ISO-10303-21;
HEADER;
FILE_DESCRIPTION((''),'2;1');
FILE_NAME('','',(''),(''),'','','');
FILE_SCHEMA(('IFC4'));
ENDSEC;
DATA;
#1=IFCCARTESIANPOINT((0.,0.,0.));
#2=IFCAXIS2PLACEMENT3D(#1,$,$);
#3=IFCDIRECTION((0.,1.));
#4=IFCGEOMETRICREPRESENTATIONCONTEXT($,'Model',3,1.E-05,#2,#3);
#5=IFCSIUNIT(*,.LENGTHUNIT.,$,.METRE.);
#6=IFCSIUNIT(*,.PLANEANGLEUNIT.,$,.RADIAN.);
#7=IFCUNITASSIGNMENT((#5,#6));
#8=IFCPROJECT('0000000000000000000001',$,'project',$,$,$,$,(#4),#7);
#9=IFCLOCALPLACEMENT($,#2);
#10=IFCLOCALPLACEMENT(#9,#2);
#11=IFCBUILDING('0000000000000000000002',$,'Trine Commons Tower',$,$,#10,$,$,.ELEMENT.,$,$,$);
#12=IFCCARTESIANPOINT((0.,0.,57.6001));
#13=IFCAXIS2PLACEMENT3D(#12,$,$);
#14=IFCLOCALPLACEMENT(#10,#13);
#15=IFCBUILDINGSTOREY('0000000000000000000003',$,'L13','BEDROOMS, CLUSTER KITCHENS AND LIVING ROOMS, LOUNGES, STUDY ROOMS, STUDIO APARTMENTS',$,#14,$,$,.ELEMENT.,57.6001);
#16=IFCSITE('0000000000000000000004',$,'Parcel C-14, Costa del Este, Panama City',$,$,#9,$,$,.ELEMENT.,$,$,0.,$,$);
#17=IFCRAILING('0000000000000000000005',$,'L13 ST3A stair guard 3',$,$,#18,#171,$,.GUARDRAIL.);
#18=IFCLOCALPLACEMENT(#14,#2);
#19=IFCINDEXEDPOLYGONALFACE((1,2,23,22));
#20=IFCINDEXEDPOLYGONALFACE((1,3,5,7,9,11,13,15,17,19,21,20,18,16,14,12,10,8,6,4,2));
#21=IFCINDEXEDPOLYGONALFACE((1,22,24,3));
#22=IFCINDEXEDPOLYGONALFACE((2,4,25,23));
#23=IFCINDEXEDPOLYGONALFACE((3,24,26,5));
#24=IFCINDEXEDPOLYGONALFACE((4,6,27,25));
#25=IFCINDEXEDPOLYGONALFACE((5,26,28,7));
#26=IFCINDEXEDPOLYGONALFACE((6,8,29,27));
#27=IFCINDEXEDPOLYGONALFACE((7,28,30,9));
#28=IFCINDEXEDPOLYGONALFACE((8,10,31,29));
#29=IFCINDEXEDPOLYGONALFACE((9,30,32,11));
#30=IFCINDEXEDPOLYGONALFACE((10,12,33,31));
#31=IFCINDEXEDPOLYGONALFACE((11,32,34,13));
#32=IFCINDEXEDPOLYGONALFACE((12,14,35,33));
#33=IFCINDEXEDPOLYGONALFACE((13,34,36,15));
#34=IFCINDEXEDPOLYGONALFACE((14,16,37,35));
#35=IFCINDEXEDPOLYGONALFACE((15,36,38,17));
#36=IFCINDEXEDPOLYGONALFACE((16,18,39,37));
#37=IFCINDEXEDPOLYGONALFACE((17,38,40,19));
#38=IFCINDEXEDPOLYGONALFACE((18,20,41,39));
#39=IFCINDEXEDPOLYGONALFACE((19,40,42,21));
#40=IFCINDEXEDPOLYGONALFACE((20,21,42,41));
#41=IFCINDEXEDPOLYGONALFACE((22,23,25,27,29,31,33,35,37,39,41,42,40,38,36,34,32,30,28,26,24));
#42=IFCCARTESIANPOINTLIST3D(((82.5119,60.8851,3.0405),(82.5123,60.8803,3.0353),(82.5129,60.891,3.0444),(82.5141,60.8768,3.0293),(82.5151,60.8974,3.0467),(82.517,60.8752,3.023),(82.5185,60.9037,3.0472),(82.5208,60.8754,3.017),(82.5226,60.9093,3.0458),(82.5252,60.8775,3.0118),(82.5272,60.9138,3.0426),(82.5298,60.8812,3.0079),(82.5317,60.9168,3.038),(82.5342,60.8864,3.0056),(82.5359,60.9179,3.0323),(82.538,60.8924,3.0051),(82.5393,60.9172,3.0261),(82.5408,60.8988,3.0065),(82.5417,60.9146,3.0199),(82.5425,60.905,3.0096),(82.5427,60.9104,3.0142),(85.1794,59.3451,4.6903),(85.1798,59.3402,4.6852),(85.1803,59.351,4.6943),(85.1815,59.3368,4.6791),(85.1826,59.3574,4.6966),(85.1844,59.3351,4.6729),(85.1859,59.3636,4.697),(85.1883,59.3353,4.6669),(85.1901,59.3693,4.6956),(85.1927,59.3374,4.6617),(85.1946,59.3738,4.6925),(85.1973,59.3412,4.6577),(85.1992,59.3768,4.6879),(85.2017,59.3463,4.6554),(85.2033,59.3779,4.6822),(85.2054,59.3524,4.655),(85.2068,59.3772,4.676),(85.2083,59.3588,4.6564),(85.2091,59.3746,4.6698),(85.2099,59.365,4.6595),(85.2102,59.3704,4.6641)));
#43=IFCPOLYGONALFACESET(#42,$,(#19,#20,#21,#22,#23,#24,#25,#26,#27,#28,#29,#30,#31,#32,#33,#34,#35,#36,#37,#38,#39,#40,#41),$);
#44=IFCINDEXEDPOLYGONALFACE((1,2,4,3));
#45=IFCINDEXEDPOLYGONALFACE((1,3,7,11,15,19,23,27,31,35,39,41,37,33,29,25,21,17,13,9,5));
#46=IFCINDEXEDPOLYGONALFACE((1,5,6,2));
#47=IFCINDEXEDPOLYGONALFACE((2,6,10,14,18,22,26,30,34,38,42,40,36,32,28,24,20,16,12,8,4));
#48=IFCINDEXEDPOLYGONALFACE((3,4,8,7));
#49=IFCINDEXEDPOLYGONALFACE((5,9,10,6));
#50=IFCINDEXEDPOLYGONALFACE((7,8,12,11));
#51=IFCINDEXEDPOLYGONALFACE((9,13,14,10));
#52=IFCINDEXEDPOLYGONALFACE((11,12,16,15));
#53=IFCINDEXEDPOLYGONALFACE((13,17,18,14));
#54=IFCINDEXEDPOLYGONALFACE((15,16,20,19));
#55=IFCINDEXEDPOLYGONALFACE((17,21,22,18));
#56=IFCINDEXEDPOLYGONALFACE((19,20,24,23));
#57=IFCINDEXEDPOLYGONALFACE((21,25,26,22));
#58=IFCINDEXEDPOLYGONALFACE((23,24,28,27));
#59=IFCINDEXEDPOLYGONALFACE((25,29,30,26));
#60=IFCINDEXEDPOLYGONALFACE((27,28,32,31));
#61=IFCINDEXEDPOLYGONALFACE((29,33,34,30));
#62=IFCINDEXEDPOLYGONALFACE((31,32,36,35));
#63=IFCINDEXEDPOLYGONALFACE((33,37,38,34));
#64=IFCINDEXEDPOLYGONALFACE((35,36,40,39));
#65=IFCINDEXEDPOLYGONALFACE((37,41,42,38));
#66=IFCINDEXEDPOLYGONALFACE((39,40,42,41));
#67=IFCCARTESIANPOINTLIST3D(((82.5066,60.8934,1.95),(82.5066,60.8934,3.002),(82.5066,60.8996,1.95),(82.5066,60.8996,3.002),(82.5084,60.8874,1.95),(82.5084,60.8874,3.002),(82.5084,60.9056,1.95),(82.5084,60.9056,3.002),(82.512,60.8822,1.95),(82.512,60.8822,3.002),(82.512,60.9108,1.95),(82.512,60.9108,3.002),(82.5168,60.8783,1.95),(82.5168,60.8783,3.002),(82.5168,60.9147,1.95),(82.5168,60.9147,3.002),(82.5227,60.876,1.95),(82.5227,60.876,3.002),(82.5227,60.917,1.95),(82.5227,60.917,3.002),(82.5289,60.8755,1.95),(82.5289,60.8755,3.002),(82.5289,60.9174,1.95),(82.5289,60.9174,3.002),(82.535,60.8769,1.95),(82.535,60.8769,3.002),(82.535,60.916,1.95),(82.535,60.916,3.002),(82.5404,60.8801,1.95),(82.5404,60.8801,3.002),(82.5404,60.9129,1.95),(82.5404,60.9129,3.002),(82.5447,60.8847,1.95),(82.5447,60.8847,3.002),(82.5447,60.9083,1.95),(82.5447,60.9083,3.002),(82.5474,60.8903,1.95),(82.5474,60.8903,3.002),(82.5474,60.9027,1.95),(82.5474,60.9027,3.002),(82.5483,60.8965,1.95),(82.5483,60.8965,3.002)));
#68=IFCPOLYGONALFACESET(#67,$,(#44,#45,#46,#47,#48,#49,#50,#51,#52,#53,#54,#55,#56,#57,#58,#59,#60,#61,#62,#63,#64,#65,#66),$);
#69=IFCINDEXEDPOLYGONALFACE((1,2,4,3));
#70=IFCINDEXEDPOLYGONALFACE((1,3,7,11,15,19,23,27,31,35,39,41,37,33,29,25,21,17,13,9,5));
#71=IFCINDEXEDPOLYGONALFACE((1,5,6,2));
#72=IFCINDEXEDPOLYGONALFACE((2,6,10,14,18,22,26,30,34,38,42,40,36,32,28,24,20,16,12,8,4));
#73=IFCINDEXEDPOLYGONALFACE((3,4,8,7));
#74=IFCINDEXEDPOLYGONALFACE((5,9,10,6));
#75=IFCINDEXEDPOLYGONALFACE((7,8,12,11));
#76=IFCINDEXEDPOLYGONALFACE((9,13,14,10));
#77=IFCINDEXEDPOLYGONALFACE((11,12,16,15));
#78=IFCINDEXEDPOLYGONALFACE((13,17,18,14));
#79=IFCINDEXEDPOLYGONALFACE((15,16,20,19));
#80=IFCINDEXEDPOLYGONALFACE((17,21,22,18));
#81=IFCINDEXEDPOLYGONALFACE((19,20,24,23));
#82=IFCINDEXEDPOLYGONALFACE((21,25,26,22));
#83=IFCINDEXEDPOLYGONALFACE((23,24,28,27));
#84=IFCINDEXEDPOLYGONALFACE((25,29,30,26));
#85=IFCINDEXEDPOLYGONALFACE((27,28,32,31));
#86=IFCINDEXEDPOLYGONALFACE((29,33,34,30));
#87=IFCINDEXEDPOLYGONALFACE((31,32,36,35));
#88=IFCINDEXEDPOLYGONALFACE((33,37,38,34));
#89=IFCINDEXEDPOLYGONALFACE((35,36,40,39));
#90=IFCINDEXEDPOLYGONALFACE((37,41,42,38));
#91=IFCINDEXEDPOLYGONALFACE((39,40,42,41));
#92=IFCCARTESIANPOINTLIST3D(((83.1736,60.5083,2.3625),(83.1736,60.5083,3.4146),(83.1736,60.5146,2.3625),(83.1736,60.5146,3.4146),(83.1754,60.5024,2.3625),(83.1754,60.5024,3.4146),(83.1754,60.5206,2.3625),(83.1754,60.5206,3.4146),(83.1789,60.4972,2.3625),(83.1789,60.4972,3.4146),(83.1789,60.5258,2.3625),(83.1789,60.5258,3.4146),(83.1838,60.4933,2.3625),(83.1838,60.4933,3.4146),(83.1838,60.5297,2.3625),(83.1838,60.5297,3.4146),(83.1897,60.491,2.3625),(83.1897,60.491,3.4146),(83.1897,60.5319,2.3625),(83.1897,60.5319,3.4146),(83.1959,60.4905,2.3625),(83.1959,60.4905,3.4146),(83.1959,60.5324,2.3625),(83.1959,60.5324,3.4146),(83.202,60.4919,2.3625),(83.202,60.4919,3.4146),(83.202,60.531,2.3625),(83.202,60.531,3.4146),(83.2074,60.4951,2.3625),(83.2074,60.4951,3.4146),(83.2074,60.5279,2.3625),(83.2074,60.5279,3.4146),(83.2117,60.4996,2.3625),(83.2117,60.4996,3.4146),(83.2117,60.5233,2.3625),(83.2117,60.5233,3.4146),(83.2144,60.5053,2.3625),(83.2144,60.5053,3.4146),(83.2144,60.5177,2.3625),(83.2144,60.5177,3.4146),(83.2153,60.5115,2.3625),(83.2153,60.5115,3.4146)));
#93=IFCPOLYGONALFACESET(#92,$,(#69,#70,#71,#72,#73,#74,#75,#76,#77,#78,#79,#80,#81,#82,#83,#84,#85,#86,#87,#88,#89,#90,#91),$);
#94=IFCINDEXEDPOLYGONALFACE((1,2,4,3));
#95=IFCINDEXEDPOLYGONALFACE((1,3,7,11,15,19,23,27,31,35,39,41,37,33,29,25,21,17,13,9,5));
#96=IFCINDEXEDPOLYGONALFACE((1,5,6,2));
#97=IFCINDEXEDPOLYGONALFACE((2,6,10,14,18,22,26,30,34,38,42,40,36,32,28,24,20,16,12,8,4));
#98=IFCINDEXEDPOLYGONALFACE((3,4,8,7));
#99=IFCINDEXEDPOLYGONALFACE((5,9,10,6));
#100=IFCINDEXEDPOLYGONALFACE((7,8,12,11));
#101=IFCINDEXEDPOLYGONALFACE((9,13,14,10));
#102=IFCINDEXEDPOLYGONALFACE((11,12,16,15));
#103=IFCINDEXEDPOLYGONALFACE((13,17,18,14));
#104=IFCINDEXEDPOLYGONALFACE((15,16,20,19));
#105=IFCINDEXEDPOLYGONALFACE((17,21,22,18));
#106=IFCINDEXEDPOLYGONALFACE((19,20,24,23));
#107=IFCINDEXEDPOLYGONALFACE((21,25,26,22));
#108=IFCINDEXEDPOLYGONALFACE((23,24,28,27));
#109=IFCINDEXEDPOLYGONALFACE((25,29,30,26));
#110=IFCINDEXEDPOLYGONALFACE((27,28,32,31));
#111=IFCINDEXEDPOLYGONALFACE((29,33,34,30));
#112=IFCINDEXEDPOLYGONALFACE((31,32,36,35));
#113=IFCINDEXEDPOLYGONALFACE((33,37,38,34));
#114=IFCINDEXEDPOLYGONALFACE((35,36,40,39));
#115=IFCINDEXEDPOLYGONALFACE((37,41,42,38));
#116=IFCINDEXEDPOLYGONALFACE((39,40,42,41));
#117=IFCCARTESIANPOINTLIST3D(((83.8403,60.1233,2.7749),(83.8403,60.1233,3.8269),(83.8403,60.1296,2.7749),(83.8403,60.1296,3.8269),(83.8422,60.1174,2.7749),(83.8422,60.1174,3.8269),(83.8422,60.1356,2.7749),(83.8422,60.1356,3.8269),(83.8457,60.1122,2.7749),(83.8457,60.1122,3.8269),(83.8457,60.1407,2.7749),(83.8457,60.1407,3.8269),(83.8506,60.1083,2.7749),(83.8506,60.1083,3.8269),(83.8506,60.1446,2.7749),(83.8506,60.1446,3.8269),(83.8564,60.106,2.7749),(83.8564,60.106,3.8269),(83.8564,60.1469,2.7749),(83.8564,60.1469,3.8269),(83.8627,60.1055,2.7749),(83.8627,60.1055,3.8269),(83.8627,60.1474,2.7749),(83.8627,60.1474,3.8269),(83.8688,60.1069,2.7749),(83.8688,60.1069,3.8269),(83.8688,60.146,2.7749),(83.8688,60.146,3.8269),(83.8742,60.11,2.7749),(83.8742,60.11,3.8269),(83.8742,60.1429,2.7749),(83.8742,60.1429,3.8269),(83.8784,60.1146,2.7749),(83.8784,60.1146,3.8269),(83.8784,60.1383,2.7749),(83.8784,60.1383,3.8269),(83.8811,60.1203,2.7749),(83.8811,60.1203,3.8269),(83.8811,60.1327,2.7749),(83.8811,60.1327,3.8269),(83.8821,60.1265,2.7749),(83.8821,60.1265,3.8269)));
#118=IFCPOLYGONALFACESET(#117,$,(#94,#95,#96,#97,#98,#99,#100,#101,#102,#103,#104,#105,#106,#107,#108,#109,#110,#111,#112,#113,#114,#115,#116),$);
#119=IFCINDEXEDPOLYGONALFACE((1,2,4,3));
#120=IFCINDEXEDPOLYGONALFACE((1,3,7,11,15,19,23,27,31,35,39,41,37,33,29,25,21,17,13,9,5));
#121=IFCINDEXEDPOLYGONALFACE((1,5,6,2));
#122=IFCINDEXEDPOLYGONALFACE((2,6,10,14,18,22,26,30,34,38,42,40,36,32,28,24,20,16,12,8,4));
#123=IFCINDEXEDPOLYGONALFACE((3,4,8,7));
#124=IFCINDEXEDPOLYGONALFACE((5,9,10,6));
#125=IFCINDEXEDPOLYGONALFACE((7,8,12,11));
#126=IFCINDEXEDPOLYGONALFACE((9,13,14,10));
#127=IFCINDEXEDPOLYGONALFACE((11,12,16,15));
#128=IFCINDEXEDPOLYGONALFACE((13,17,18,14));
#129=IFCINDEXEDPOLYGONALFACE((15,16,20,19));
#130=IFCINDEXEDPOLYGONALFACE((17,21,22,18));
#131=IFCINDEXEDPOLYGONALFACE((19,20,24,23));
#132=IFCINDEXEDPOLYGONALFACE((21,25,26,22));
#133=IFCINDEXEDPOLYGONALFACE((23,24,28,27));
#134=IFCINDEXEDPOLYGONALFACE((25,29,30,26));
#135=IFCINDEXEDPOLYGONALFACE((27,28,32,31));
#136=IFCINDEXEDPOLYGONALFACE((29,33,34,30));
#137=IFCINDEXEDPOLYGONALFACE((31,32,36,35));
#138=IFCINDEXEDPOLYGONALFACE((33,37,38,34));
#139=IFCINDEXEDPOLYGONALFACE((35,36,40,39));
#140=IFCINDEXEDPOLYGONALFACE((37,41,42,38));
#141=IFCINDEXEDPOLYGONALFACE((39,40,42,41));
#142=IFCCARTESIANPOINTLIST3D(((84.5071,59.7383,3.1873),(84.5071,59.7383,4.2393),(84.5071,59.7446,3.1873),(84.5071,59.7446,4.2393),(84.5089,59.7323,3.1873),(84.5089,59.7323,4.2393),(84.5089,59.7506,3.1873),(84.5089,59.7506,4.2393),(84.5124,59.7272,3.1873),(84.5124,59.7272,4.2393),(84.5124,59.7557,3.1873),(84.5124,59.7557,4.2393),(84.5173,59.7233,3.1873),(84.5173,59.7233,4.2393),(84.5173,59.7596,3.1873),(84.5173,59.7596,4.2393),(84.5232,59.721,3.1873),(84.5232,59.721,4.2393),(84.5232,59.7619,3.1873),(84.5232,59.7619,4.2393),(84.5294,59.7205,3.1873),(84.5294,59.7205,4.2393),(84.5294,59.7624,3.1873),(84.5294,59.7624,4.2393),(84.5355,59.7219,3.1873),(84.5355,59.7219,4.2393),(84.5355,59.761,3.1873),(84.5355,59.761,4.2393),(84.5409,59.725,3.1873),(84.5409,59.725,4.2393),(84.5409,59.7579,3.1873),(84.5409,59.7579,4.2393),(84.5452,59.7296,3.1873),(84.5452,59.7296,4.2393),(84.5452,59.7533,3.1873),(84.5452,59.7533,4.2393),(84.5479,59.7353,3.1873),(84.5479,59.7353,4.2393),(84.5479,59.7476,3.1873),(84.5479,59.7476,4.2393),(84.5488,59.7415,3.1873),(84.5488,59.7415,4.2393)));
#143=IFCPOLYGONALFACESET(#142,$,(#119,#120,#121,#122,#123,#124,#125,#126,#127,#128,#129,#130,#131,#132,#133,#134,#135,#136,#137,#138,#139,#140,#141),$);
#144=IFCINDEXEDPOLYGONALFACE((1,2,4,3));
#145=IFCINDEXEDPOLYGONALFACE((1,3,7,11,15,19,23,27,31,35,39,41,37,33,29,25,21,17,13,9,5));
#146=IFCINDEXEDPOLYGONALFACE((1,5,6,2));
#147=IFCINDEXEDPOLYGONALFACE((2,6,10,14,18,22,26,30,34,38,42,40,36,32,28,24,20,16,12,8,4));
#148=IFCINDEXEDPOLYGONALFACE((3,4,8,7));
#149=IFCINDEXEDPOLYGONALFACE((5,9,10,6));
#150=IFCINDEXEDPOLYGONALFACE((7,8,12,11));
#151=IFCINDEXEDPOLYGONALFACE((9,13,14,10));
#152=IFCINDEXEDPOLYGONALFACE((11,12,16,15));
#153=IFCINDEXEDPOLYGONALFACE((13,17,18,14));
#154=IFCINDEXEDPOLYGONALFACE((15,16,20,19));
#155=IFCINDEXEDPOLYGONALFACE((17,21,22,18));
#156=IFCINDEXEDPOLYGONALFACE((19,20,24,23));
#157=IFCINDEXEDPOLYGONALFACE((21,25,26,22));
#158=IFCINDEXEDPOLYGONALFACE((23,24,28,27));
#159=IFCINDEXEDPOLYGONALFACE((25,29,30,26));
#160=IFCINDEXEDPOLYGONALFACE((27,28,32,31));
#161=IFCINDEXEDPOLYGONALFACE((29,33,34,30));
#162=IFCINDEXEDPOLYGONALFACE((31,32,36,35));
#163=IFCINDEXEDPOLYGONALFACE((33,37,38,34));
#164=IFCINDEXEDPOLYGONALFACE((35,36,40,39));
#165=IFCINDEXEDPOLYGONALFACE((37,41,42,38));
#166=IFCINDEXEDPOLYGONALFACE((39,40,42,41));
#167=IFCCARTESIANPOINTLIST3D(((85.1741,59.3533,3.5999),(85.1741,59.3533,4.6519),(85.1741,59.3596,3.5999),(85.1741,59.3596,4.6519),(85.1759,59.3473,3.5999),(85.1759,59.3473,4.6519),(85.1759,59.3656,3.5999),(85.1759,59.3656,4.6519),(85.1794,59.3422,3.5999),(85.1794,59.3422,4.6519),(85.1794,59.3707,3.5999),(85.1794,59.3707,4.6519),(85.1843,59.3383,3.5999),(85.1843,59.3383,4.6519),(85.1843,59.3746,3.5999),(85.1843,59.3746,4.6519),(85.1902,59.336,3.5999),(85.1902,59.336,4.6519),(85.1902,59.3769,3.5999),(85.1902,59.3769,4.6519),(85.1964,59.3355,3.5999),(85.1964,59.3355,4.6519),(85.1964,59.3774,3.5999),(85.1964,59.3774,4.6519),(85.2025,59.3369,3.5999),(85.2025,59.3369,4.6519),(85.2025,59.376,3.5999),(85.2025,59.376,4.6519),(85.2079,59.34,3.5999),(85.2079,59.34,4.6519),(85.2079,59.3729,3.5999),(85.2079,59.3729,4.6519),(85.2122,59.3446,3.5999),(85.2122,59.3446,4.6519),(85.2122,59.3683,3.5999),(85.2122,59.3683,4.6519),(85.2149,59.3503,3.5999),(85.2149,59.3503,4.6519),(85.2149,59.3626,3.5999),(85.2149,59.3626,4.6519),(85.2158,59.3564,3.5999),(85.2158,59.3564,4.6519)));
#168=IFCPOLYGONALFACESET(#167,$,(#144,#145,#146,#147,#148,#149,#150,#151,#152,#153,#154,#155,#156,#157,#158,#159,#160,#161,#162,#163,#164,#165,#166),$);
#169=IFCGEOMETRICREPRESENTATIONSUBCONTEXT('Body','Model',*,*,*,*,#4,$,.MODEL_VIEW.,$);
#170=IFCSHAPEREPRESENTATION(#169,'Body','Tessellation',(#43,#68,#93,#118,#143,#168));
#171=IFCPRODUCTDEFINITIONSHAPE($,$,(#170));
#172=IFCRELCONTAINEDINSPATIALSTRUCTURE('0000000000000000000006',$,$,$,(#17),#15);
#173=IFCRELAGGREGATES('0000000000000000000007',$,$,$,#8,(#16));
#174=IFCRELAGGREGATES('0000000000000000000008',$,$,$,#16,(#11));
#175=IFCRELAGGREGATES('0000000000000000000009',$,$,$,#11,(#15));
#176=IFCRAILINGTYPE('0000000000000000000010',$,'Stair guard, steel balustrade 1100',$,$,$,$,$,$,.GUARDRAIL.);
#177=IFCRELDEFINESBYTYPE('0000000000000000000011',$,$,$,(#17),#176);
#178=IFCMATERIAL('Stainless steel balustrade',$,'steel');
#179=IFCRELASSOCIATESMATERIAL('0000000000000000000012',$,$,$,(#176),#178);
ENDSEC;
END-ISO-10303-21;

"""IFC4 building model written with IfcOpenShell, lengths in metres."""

from ifc_helpers import new_model, si_unit, direction, frame, origin, origin_2d, place, context, subcontext, project, spatial, circle, extrude, material, type_object, element, save


model = new_model("IFC4")

# Units and contexts
model_context = context("Model", 3, precision=1e-05, world=origin(), true_north=direction((0.0, 1.0)))
body_context = subcontext(model_context, "Body", "Model", "MODEL_VIEW")
ifc_project = project(units=[si_unit("LENGTHUNIT", "METRE"), si_unit("PLANEANGLEUNIT", "RADIAN")], contexts=[model_context])

# Site, building, storey
site_placement = place(None, origin())
site = spatial("IfcSite", under=ifc_project, at=site_placement, Name="Parcel C-14, Costa del Este, Panama City", CompositionType="ELEMENT", RefElevation=0.0)
building_placement = place(site_placement, origin())
building = spatial("IfcBuilding", under=site, at=building_placement, Name="Trine Commons Tower", CompositionType="ELEMENT")
storey_placement = place(building_placement, frame((0.0, 0.0, 57.6001)))
storey = spatial("IfcBuildingStorey", under=building, at=storey_placement, Name="L13", Description="BEDROOMS, CLUSTER KITCHENS AND LIVING ROOMS, LOUNGES, STUDY ROOMS, STUDIO APARTMENTS", CompositionType="ELEMENT", Elevation=57.6001)

# Railing
ifc_material_1 = material(Name="Stainless steel balustrade", Category="steel")
railing_type = type_object("IfcRailingType", Name="Stair guard, steel balustrade 1100", PredefinedType="GUARDRAIL", material=ifc_material_1)
railing_1_placement = place(storey_placement, frame((82.5273, 60.8965, 1.95)))
element("IfcRailing", 1, at=railing_1_placement, inside=storey, type_object=railing_type, Name="L13 ST3A stair guard 3", PredefinedType="GUARDRAIL", context=body_context, shape_type="SweptSolid", body=[
    extrude(circle(Radius=0.0239, at=origin_2d()), frame((0.0, 0.0, 1.0762), z_axis=(0.763405, -0.440743, 0.472185), x_axis=(0.499992, 0.86603, 0.0)), (0.0, 0.0, 1.0), 3.4941),
    extrude(circle(Radius=0.021, at=origin_2d()), origin(), (0.0, 0.0, 1.0), 1.052),
    extrude(circle(Radius=0.021, at=origin_2d()), frame((0.667, -0.385, 0.4126)), (0.0, 0.0, 1.0), 1.052),
    extrude(circle(Radius=0.021, at=origin_2d()), frame((1.3337, -0.77, 0.825)), (0.0, 0.0, 1.0), 1.052),
    extrude(circle(Radius=0.021, at=origin_2d()), frame((2.0005, -1.155, 1.2373)), (0.0, 0.0, 1.0), 1.052),
    extrude(circle(Radius=0.021, at=origin_2d()), frame((2.6675, -1.54, 1.6499)), (0.0, 0.0, 1.0), 1.052),
])

save(model, "model.ifc")
